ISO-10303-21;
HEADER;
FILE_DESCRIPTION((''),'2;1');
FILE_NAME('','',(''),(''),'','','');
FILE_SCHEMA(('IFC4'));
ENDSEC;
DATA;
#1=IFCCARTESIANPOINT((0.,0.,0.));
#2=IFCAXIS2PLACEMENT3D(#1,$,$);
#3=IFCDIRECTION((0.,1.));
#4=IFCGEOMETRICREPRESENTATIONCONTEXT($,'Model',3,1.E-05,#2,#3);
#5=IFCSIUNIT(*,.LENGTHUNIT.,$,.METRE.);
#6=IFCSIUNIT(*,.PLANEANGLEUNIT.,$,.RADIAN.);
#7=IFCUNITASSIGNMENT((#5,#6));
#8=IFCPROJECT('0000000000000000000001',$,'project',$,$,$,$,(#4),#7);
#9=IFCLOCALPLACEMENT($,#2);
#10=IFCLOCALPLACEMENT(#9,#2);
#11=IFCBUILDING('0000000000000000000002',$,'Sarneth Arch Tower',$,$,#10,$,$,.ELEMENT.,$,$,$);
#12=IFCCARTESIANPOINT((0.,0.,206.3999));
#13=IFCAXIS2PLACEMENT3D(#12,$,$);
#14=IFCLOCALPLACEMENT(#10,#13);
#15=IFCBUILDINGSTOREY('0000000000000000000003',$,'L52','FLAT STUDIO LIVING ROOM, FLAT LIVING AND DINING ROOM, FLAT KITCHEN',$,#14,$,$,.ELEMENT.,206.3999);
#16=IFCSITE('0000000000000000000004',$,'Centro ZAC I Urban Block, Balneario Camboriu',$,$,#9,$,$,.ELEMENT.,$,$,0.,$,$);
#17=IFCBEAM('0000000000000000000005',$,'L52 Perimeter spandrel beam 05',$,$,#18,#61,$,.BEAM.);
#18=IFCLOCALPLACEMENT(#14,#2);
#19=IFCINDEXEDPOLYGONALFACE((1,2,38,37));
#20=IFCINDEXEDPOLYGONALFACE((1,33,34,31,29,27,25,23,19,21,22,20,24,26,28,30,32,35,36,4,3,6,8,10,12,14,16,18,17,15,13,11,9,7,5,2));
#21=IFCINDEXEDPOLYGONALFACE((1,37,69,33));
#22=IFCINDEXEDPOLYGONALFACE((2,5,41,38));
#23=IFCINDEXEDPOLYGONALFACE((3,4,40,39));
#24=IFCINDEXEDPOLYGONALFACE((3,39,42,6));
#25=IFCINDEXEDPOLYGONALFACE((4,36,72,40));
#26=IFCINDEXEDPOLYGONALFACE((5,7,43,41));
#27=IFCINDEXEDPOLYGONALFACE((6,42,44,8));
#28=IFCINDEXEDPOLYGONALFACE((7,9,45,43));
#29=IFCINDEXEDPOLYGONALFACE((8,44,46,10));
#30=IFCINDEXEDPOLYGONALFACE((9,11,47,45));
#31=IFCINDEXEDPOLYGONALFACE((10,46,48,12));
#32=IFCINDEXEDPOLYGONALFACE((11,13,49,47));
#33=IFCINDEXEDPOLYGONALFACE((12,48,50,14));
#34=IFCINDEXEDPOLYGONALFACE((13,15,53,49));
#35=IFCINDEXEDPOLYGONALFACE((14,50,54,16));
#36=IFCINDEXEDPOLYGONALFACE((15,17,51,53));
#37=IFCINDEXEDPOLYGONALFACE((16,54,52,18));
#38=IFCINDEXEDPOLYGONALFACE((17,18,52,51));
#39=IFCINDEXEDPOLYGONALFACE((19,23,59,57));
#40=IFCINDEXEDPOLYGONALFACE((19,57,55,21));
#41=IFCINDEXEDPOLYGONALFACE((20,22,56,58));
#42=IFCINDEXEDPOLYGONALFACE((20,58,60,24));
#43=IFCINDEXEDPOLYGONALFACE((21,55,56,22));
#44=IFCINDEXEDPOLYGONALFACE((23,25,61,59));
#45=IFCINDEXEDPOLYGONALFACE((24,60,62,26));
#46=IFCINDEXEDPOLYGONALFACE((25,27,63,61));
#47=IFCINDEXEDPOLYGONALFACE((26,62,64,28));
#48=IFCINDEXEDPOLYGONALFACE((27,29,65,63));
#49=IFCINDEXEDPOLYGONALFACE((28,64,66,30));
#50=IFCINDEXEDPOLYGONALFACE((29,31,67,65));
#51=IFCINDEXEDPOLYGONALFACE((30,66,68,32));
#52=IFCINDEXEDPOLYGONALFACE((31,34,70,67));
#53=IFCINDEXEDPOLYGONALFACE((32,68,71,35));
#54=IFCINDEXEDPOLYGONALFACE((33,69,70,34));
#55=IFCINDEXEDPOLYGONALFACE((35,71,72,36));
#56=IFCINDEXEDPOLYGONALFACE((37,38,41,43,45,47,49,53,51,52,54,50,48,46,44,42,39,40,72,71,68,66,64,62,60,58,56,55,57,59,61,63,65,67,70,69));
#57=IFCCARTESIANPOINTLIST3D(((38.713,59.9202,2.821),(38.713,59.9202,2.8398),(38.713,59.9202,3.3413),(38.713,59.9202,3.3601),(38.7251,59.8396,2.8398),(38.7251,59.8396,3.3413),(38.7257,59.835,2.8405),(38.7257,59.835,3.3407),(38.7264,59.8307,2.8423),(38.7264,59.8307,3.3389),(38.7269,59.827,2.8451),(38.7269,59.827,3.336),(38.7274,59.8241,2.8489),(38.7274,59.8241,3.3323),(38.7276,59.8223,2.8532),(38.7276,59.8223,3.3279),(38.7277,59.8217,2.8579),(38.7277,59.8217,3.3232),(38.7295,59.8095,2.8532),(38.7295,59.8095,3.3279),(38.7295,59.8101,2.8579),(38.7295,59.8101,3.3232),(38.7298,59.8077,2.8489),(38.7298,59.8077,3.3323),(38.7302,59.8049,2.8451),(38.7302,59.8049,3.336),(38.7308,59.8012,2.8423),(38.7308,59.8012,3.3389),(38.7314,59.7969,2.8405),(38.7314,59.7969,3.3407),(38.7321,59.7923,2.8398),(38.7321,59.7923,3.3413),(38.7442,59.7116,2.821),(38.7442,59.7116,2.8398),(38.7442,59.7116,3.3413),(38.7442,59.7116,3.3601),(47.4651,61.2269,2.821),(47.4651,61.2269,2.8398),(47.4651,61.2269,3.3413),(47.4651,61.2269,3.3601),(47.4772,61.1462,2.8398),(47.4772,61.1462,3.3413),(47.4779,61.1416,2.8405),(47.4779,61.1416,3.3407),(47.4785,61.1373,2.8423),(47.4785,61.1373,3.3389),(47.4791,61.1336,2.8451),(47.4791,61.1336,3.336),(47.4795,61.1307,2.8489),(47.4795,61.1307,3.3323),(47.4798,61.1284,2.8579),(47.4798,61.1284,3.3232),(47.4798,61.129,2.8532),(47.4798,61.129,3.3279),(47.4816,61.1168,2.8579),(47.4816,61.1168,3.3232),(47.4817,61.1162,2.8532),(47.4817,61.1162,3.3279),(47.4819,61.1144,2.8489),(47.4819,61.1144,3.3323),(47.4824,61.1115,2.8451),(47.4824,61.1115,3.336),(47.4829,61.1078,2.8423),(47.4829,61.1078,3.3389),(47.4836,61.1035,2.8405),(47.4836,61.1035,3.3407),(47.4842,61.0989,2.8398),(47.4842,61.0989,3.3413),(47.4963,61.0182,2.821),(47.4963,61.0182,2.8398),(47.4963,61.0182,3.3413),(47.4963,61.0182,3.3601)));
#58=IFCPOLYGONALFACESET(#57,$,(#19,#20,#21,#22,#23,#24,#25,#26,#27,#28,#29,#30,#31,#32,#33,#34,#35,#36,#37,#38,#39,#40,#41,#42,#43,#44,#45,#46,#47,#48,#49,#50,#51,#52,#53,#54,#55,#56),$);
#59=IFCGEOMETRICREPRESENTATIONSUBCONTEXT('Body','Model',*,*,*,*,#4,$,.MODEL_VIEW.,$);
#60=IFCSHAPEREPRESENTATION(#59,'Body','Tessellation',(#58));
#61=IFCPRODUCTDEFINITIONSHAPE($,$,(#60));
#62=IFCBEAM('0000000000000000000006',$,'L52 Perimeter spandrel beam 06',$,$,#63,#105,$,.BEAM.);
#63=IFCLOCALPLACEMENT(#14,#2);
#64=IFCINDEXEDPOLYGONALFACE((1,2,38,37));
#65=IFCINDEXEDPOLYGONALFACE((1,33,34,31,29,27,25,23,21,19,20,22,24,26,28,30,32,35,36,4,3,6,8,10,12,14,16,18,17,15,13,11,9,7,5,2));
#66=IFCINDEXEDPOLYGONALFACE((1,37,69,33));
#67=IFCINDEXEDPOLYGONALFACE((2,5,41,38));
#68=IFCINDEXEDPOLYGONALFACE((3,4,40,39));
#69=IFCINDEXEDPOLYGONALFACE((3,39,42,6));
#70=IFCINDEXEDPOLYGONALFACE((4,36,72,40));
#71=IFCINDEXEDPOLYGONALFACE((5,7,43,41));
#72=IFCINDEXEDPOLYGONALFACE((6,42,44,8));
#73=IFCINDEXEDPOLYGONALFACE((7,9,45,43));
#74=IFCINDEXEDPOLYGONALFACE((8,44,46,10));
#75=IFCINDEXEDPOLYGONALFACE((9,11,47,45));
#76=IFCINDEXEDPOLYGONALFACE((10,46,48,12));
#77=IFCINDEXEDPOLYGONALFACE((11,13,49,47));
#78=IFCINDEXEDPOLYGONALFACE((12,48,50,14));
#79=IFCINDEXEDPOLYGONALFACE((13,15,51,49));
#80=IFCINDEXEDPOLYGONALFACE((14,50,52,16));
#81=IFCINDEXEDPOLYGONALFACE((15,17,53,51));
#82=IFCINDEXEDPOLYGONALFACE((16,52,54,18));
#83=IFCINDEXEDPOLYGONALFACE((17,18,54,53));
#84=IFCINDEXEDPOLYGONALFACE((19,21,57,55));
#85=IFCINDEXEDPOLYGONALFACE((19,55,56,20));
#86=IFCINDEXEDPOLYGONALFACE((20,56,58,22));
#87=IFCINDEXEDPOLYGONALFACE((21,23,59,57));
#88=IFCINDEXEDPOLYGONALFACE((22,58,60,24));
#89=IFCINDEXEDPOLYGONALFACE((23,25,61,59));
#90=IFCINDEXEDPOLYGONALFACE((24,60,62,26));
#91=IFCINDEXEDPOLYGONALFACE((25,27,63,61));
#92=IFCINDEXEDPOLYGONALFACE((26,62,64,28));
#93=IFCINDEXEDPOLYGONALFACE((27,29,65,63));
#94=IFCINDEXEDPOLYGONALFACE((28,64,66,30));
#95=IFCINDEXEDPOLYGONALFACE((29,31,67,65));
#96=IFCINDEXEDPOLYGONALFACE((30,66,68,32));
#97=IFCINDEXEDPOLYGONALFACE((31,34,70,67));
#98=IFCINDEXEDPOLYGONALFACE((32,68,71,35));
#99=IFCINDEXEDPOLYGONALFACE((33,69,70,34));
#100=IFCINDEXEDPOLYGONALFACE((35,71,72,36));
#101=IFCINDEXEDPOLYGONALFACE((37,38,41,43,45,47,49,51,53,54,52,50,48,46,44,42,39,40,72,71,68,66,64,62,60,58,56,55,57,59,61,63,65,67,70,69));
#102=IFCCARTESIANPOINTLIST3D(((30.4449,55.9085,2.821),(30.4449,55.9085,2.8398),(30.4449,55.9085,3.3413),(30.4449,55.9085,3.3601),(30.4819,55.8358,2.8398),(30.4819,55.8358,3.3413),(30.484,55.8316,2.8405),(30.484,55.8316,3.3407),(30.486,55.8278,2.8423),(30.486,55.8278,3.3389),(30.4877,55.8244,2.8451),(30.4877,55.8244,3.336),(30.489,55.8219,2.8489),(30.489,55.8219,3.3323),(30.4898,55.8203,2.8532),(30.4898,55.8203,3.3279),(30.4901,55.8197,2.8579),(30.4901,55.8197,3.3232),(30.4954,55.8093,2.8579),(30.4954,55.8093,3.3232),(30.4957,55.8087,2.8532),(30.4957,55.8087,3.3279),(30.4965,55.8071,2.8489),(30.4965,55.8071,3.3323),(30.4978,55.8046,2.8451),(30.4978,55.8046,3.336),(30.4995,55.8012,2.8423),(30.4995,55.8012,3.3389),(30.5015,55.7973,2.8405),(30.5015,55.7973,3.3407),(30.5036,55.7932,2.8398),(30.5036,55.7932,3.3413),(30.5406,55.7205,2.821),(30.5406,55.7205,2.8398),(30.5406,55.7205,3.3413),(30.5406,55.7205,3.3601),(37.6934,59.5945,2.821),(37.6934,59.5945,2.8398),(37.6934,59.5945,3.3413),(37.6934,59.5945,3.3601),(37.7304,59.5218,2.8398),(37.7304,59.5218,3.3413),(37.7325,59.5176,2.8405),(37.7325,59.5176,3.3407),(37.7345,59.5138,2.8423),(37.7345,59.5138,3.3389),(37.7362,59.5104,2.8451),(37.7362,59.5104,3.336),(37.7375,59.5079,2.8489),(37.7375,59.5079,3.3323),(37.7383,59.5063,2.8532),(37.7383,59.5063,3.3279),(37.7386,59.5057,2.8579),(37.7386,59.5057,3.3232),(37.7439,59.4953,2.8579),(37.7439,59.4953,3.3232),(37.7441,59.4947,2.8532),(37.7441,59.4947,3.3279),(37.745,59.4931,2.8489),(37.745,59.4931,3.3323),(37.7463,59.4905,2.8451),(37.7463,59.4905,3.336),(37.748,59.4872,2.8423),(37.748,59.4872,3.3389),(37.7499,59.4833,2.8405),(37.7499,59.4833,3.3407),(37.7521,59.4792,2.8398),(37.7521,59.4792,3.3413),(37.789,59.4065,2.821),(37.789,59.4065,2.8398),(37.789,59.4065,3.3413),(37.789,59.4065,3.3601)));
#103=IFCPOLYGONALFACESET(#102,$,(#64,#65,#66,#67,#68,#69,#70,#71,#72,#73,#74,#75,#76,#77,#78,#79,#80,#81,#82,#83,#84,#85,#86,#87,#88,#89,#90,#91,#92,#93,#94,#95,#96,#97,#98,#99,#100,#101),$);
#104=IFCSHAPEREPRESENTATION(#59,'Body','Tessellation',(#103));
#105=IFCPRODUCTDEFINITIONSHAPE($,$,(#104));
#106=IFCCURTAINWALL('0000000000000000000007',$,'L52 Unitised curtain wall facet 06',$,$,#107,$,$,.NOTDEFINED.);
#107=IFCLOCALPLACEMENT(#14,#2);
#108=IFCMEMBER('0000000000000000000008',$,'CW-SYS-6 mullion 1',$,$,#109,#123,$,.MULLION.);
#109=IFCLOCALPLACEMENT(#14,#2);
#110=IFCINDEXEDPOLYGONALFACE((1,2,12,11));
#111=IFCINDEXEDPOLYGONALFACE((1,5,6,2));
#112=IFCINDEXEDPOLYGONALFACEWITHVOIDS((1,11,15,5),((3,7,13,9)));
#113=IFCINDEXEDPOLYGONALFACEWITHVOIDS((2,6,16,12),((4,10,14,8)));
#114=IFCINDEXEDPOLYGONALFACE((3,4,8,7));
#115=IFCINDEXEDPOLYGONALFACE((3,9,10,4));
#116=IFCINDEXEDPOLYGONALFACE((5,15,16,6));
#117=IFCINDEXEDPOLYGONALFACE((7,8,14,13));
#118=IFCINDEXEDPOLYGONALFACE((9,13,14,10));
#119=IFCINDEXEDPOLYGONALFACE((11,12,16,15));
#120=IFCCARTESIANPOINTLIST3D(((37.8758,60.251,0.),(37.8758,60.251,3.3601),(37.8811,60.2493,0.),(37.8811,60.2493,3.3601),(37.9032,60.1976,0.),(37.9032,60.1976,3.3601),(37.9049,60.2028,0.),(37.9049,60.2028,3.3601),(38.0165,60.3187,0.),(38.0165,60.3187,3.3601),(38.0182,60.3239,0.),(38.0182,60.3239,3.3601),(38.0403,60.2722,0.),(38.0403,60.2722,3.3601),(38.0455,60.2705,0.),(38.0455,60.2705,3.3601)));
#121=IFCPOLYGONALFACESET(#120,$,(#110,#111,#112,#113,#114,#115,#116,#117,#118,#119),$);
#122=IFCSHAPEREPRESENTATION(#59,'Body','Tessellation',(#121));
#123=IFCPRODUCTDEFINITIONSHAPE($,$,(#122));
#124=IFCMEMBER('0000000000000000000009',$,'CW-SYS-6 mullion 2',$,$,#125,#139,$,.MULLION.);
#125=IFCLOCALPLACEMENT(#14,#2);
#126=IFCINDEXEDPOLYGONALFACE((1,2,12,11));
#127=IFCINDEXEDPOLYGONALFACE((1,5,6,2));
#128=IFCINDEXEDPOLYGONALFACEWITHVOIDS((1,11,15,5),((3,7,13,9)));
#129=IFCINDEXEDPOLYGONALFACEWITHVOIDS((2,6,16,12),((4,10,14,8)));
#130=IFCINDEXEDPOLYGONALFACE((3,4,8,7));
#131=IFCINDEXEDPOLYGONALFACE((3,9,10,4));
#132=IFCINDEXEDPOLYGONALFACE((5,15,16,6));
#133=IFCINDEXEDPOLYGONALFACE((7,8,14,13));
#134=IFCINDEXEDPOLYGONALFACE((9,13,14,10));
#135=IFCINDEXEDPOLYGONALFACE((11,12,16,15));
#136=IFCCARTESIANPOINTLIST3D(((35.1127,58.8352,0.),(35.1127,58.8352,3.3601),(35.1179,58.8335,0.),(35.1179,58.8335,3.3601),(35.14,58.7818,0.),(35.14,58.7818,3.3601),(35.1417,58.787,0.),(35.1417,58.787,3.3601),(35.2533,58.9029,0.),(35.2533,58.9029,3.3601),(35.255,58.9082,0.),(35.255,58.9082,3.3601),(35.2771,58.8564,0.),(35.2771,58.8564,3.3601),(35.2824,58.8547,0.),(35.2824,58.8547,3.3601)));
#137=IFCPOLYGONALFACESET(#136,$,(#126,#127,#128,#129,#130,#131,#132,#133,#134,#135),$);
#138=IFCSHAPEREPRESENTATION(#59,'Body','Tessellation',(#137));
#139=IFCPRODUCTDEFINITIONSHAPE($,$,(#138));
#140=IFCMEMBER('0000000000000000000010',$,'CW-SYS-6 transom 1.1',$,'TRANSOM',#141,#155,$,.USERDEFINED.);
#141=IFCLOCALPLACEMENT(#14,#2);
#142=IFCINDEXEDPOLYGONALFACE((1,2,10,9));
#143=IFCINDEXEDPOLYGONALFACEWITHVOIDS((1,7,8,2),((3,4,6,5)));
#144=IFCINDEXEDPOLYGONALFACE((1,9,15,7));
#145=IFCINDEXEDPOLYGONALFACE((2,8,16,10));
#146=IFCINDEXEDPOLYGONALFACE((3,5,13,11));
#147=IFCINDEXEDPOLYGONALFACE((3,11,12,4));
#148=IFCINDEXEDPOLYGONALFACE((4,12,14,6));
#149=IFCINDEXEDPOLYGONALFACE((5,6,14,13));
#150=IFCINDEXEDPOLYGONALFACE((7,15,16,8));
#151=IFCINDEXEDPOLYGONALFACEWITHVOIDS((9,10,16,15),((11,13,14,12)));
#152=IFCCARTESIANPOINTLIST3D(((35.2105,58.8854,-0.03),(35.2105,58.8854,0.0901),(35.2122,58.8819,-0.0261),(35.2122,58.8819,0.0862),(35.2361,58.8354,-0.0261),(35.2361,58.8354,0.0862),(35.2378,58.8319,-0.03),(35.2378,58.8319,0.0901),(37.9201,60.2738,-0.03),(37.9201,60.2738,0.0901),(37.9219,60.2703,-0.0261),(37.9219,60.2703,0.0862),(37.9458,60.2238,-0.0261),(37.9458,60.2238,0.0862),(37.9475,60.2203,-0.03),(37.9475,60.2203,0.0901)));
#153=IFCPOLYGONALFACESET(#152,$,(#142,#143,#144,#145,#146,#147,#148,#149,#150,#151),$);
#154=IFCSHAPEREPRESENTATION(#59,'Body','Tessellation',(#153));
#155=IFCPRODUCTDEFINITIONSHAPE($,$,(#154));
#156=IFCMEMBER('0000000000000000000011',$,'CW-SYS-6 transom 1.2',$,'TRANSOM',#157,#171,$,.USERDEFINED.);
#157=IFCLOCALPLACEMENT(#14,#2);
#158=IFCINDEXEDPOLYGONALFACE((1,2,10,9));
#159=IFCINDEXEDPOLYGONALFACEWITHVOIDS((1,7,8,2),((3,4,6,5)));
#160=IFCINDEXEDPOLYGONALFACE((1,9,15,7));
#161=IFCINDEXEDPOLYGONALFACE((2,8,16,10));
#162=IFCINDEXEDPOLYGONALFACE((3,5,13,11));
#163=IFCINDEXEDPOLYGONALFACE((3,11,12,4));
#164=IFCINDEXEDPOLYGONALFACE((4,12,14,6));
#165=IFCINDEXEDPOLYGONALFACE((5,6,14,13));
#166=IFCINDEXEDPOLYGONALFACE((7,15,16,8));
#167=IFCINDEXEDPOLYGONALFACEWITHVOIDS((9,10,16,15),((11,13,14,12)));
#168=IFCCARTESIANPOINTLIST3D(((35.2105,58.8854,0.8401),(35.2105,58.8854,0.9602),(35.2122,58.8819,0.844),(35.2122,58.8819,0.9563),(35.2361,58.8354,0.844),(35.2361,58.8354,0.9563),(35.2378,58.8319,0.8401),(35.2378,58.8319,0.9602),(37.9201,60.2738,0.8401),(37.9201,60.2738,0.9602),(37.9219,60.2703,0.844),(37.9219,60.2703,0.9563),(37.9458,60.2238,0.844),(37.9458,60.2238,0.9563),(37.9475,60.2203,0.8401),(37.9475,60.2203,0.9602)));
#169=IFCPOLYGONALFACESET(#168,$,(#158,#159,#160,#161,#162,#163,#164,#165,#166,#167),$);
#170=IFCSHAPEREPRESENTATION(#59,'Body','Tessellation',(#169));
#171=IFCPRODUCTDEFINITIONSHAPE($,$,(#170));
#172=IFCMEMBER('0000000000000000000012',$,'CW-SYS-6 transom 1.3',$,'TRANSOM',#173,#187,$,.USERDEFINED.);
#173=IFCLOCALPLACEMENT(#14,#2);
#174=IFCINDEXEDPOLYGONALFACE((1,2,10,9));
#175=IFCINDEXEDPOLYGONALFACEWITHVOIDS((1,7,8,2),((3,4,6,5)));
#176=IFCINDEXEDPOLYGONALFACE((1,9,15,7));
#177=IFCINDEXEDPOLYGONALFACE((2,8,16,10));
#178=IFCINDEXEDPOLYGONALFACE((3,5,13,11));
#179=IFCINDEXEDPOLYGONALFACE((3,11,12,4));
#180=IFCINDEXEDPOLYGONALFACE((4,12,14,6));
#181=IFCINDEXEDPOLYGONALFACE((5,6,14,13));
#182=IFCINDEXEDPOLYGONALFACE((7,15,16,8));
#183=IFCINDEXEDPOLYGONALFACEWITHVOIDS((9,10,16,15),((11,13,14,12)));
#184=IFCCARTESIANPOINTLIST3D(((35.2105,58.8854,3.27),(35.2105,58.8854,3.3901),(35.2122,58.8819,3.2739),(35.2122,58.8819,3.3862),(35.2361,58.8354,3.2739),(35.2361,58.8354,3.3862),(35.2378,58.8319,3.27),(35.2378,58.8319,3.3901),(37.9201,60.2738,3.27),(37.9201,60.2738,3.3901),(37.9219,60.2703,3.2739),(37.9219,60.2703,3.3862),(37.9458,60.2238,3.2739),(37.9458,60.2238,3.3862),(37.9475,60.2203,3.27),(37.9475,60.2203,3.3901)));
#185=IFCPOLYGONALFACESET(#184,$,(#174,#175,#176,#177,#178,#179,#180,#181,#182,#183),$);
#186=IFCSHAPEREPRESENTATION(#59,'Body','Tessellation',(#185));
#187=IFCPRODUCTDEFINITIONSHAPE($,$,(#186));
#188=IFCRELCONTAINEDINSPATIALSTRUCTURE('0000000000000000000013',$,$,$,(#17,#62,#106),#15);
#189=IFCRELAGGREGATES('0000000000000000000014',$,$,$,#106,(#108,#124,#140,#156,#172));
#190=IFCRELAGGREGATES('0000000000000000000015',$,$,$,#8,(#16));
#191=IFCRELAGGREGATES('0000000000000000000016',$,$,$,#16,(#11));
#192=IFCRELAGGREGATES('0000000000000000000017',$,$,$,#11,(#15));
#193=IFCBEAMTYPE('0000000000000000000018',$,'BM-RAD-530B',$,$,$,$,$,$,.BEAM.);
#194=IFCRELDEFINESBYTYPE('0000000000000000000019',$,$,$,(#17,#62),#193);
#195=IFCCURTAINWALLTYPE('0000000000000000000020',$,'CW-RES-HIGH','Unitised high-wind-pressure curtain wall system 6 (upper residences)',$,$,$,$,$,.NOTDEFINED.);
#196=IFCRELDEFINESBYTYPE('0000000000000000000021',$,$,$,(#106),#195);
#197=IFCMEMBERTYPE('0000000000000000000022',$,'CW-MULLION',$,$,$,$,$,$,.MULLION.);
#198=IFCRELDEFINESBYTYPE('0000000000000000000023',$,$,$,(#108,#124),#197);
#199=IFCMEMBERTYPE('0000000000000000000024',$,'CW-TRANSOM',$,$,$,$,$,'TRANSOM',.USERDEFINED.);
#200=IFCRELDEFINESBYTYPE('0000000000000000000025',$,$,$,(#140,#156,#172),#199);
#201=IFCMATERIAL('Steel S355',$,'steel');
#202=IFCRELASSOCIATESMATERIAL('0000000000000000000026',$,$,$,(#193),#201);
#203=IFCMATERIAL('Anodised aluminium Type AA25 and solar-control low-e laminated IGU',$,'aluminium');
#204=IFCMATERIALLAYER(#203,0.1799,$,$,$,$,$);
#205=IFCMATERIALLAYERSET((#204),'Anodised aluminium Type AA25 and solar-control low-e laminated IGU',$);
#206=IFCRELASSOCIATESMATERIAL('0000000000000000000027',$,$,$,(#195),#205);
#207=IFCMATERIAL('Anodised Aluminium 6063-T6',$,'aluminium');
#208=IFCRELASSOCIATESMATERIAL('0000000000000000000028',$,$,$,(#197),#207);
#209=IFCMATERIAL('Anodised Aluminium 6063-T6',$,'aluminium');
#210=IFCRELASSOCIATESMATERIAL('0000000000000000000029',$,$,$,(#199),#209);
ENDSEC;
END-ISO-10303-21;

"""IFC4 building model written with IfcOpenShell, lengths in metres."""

from ifc_helpers import new_model, si_unit, direction, frame, origin, origin_2d, place, context, subcontext, project, spatial, hollow_rectangle, i_section, extrude, material, layer, layer_set, material_profile, profile_set, type_object, element, aggregate, save


model = new_model("IFC4")

# Units and contexts
model_context = context("Model", 3, precision=1e-05, world=origin(), true_north=direction((0.0, 1.0)))
body_context = subcontext(model_context, "Body", "Model", "MODEL_VIEW")
ifc_project = project(units=[si_unit("LENGTHUNIT", "METRE"), si_unit("PLANEANGLEUNIT", "RADIAN")], contexts=[model_context])

# Site, building, storey
site_placement = place(None, origin())
site = spatial("IfcSite", under=ifc_project, at=site_placement, Name="Centro ZAC I Urban Block, Balneario Camboriu", CompositionType="ELEMENT", RefElevation=0.0)
building_placement = place(site_placement, origin())
building = spatial("IfcBuilding", under=site, at=building_placement, Name="Sarneth Arch Tower", CompositionType="ELEMENT")
storey_placement = place(building_placement, frame((0.0, 0.0, 206.3999)))
storey = spatial("IfcBuildingStorey", under=building, at=storey_placement, Name="L52", Description="FLAT STUDIO LIVING ROOM, FLAT LIVING AND DINING ROOM, FLAT KITCHEN", CompositionType="ELEMENT", Elevation=206.3999)

# Beams
ifc_material_1 = material(Name="Steel S355", Category="steel")
ifc_material_profile_1 = material_profile(ifc_material_1, i_section(OverallWidth=0.2109, OverallDepth=0.5391, WebThickness=0.0117, FlangeThickness=0.0188, FilletRadius=0.0181, at=origin_2d()), Name="W530x109")
ifc_profile_set_1 = profile_set([ifc_material_profile_1], Name="Steel S355")
beam_type = type_object("IfcBeamType", Name="BM-RAD-530B", PredefinedType="BEAM", material=ifc_profile_set_1)
beam_1_placement = place(storey_placement, frame((47.4807, 61.1226, 3.0906), z_axis=(-0.989039, -0.147656, 0.0), x_axis=(0.147656, -0.989039, 0.0)))
element("IfcBeam", 1, at=beam_1_placement, inside=storey, type_object=beam_type, Name="L52 Perimeter spandrel beam 05", PredefinedType="BEAM", context=body_context, shape_type="SweptSolid", body=[
    extrude(i_section(OverallWidth=0.2109, OverallDepth=0.5391, WebThickness=0.0117, FlangeThickness=0.0188, FilletRadius=0.0181, at=origin_2d()), origin(), (0.0, 0.0, 1.0), 8.8491),
])
beam_2_placement = place(storey_placement, frame((37.7412, 59.5005, 3.0906), z_axis=(-0.891368, -0.45328, 0.0), x_axis=(0.45328, -0.891368, 0.0)))
element("IfcBeam", 2, at=beam_2_placement, inside=storey, type_object=beam_type, Name="L52 Perimeter spandrel beam 06", PredefinedType="BEAM", context=body_context, shape_type="SweptSolid", body=[
    extrude(i_section(OverallWidth=0.2109, OverallDepth=0.5391, WebThickness=0.0117, FlangeThickness=0.0188, FilletRadius=0.0181, at=origin_2d()), origin(), (0.0, 0.0, 1.0), 8.1318),
])

# Curtain wall, members
ifc_material_2 = material(Name="Anodised aluminium Type AA25 and solar-control low-e laminated IGU", Category="aluminium")
ifc_layer_1 = layer(ifc_material_2, 0.1799)
ifc_layer_set_1 = layer_set([ifc_layer_1], Name="Anodised aluminium Type AA25 and solar-control low-e laminated IGU")
curtain_wall_type = type_object("IfcCurtainWallType", Name="CW-RES-HIGH", Description="Unitised high-wind-pressure curtain wall system 6 (upper residences)", PredefinedType="NOTDEFINED", material=ifc_layer_set_1)
curtain_wall_placement = place(storey_placement, origin())
curtain_wall = element("IfcCurtainWall", 3, at=curtain_wall_placement, inside=storey, type_object=curtain_wall_type, Name="L52 Unitised curtain wall facet 06", PredefinedType="NOTDEFINED")
ifc_material_3 = material(Name="Anodised Aluminium 6063-T6", Category="aluminium")
ifc_material_profile_2 = material_profile(ifc_material_3, hollow_rectangle(XDim=0.0601, YDim=0.1599, WallThickness=0.0039, at=origin_2d()), Name="AL-MULL-160x60x4")
ifc_profile_set_2 = profile_set([ifc_material_profile_2], Name="Anodised Aluminium 6063-T6")
member_type_1 = type_object("IfcMemberType", Name="CW-MULLION", PredefinedType="MULLION", material=ifc_profile_set_2)
member_1_placement = place(storey_placement, frame((37.9607, 60.2607, 0.0), z_axis=(0.0, 0.0, 1.0), x_axis=(0.455942, -0.89001, 0.0)))
member_1 = element("IfcMember", 4, at=member_1_placement, type_object=member_type_1, Name="CW-SYS-6 mullion 1", PredefinedType="MULLION", context=body_context, shape_type="SweptSolid", body=[
    extrude(hollow_rectangle(XDim=0.0601, YDim=0.1599, WallThickness=0.0039, at=origin_2d()), origin(), (0.0, 0.0, 1.0), 3.3601),
])
member_2_placement = place(storey_placement, frame((35.1975, 58.845, 0.0), z_axis=(0.0, 0.0, 1.0), x_axis=(0.455942, -0.89001, 0.0)))
member_2 = element("IfcMember", 5, at=member_2_placement, type_object=member_type_1, Name="CW-SYS-6 mullion 2", PredefinedType="MULLION", context=body_context, shape_type="SweptSolid", body=[
    extrude(hollow_rectangle(XDim=0.0601, YDim=0.1599, WallThickness=0.0039, at=origin_2d()), origin(), (0.0, 0.0, 1.0), 3.3601),
])
ifc_material_4 = material(Name="Anodised Aluminium 6063-T6", Category="aluminium")
ifc_material_profile_3 = material_profile(ifc_material_4, hollow_rectangle(XDim=0.0601, YDim=0.1201, WallThickness=0.0039, at=origin_2d()), Name="AL-TRAN-120x60x4")
ifc_profile_set_3 = profile_set([ifc_material_profile_3], Name="Anodised Aluminium 6063-T6")
member_type_2 = type_object("IfcMemberType", Name="CW-TRANSOM", ElementType="TRANSOM", PredefinedType="USERDEFINED", material=ifc_profile_set_3)
member_3_placement = place(storey_placement, frame((37.9338, 60.2471, 0.03), z_axis=(-0.889974, -0.456012, 0.0), x_axis=(0.456012, -0.889974, 0.0)))
member_3 = element("IfcMember", 6, at=member_3_placement, type_object=member_type_2, Name="CW-SYS-6 transom 1.1", ObjectType="TRANSOM", PredefinedType="USERDEFINED", context=body_context, shape_type="SweptSolid", body=[
    extrude(hollow_rectangle(XDim=0.0601, YDim=0.1201, WallThickness=0.0039, at=origin_2d()), origin(), (0.0, 0.0, 1.0), 3.0447),
])
member_4_placement = place(storey_placement, frame((37.9338, 60.2471, 0.9001), z_axis=(-0.889974, -0.456012, 0.0), x_axis=(0.456012, -0.889974, 0.0)))
member_4 = element("IfcMember", 7, at=member_4_placement, type_object=member_type_2, Name="CW-SYS-6 transom 1.2", ObjectType="TRANSOM", PredefinedType="USERDEFINED", context=body_context, shape_type="SweptSolid", body=[
    extrude(hollow_rectangle(XDim=0.0601, YDim=0.1201, WallThickness=0.0039, at=origin_2d()), origin(), (0.0, 0.0, 1.0), 3.0447),
])
member_5_placement = place(storey_placement, frame((37.9338, 60.2471, 3.3301), z_axis=(-0.889974, -0.456012, 0.0), x_axis=(0.456012, -0.889974, 0.0)))
member_5 = element("IfcMember", 8, at=member_5_placement, type_object=member_type_2, Name="CW-SYS-6 transom 1.3", ObjectType="TRANSOM", PredefinedType="USERDEFINED", context=body_context, shape_type="SweptSolid", body=[
    extrude(hollow_rectangle(XDim=0.0601, YDim=0.1201, WallThickness=0.0039, at=origin_2d()), origin(), (0.0, 0.0, 1.0), 3.0447),
])
aggregate(curtain_wall, [member_1, member_2, member_3, member_4, member_5])

save(model, "model.ifc")
